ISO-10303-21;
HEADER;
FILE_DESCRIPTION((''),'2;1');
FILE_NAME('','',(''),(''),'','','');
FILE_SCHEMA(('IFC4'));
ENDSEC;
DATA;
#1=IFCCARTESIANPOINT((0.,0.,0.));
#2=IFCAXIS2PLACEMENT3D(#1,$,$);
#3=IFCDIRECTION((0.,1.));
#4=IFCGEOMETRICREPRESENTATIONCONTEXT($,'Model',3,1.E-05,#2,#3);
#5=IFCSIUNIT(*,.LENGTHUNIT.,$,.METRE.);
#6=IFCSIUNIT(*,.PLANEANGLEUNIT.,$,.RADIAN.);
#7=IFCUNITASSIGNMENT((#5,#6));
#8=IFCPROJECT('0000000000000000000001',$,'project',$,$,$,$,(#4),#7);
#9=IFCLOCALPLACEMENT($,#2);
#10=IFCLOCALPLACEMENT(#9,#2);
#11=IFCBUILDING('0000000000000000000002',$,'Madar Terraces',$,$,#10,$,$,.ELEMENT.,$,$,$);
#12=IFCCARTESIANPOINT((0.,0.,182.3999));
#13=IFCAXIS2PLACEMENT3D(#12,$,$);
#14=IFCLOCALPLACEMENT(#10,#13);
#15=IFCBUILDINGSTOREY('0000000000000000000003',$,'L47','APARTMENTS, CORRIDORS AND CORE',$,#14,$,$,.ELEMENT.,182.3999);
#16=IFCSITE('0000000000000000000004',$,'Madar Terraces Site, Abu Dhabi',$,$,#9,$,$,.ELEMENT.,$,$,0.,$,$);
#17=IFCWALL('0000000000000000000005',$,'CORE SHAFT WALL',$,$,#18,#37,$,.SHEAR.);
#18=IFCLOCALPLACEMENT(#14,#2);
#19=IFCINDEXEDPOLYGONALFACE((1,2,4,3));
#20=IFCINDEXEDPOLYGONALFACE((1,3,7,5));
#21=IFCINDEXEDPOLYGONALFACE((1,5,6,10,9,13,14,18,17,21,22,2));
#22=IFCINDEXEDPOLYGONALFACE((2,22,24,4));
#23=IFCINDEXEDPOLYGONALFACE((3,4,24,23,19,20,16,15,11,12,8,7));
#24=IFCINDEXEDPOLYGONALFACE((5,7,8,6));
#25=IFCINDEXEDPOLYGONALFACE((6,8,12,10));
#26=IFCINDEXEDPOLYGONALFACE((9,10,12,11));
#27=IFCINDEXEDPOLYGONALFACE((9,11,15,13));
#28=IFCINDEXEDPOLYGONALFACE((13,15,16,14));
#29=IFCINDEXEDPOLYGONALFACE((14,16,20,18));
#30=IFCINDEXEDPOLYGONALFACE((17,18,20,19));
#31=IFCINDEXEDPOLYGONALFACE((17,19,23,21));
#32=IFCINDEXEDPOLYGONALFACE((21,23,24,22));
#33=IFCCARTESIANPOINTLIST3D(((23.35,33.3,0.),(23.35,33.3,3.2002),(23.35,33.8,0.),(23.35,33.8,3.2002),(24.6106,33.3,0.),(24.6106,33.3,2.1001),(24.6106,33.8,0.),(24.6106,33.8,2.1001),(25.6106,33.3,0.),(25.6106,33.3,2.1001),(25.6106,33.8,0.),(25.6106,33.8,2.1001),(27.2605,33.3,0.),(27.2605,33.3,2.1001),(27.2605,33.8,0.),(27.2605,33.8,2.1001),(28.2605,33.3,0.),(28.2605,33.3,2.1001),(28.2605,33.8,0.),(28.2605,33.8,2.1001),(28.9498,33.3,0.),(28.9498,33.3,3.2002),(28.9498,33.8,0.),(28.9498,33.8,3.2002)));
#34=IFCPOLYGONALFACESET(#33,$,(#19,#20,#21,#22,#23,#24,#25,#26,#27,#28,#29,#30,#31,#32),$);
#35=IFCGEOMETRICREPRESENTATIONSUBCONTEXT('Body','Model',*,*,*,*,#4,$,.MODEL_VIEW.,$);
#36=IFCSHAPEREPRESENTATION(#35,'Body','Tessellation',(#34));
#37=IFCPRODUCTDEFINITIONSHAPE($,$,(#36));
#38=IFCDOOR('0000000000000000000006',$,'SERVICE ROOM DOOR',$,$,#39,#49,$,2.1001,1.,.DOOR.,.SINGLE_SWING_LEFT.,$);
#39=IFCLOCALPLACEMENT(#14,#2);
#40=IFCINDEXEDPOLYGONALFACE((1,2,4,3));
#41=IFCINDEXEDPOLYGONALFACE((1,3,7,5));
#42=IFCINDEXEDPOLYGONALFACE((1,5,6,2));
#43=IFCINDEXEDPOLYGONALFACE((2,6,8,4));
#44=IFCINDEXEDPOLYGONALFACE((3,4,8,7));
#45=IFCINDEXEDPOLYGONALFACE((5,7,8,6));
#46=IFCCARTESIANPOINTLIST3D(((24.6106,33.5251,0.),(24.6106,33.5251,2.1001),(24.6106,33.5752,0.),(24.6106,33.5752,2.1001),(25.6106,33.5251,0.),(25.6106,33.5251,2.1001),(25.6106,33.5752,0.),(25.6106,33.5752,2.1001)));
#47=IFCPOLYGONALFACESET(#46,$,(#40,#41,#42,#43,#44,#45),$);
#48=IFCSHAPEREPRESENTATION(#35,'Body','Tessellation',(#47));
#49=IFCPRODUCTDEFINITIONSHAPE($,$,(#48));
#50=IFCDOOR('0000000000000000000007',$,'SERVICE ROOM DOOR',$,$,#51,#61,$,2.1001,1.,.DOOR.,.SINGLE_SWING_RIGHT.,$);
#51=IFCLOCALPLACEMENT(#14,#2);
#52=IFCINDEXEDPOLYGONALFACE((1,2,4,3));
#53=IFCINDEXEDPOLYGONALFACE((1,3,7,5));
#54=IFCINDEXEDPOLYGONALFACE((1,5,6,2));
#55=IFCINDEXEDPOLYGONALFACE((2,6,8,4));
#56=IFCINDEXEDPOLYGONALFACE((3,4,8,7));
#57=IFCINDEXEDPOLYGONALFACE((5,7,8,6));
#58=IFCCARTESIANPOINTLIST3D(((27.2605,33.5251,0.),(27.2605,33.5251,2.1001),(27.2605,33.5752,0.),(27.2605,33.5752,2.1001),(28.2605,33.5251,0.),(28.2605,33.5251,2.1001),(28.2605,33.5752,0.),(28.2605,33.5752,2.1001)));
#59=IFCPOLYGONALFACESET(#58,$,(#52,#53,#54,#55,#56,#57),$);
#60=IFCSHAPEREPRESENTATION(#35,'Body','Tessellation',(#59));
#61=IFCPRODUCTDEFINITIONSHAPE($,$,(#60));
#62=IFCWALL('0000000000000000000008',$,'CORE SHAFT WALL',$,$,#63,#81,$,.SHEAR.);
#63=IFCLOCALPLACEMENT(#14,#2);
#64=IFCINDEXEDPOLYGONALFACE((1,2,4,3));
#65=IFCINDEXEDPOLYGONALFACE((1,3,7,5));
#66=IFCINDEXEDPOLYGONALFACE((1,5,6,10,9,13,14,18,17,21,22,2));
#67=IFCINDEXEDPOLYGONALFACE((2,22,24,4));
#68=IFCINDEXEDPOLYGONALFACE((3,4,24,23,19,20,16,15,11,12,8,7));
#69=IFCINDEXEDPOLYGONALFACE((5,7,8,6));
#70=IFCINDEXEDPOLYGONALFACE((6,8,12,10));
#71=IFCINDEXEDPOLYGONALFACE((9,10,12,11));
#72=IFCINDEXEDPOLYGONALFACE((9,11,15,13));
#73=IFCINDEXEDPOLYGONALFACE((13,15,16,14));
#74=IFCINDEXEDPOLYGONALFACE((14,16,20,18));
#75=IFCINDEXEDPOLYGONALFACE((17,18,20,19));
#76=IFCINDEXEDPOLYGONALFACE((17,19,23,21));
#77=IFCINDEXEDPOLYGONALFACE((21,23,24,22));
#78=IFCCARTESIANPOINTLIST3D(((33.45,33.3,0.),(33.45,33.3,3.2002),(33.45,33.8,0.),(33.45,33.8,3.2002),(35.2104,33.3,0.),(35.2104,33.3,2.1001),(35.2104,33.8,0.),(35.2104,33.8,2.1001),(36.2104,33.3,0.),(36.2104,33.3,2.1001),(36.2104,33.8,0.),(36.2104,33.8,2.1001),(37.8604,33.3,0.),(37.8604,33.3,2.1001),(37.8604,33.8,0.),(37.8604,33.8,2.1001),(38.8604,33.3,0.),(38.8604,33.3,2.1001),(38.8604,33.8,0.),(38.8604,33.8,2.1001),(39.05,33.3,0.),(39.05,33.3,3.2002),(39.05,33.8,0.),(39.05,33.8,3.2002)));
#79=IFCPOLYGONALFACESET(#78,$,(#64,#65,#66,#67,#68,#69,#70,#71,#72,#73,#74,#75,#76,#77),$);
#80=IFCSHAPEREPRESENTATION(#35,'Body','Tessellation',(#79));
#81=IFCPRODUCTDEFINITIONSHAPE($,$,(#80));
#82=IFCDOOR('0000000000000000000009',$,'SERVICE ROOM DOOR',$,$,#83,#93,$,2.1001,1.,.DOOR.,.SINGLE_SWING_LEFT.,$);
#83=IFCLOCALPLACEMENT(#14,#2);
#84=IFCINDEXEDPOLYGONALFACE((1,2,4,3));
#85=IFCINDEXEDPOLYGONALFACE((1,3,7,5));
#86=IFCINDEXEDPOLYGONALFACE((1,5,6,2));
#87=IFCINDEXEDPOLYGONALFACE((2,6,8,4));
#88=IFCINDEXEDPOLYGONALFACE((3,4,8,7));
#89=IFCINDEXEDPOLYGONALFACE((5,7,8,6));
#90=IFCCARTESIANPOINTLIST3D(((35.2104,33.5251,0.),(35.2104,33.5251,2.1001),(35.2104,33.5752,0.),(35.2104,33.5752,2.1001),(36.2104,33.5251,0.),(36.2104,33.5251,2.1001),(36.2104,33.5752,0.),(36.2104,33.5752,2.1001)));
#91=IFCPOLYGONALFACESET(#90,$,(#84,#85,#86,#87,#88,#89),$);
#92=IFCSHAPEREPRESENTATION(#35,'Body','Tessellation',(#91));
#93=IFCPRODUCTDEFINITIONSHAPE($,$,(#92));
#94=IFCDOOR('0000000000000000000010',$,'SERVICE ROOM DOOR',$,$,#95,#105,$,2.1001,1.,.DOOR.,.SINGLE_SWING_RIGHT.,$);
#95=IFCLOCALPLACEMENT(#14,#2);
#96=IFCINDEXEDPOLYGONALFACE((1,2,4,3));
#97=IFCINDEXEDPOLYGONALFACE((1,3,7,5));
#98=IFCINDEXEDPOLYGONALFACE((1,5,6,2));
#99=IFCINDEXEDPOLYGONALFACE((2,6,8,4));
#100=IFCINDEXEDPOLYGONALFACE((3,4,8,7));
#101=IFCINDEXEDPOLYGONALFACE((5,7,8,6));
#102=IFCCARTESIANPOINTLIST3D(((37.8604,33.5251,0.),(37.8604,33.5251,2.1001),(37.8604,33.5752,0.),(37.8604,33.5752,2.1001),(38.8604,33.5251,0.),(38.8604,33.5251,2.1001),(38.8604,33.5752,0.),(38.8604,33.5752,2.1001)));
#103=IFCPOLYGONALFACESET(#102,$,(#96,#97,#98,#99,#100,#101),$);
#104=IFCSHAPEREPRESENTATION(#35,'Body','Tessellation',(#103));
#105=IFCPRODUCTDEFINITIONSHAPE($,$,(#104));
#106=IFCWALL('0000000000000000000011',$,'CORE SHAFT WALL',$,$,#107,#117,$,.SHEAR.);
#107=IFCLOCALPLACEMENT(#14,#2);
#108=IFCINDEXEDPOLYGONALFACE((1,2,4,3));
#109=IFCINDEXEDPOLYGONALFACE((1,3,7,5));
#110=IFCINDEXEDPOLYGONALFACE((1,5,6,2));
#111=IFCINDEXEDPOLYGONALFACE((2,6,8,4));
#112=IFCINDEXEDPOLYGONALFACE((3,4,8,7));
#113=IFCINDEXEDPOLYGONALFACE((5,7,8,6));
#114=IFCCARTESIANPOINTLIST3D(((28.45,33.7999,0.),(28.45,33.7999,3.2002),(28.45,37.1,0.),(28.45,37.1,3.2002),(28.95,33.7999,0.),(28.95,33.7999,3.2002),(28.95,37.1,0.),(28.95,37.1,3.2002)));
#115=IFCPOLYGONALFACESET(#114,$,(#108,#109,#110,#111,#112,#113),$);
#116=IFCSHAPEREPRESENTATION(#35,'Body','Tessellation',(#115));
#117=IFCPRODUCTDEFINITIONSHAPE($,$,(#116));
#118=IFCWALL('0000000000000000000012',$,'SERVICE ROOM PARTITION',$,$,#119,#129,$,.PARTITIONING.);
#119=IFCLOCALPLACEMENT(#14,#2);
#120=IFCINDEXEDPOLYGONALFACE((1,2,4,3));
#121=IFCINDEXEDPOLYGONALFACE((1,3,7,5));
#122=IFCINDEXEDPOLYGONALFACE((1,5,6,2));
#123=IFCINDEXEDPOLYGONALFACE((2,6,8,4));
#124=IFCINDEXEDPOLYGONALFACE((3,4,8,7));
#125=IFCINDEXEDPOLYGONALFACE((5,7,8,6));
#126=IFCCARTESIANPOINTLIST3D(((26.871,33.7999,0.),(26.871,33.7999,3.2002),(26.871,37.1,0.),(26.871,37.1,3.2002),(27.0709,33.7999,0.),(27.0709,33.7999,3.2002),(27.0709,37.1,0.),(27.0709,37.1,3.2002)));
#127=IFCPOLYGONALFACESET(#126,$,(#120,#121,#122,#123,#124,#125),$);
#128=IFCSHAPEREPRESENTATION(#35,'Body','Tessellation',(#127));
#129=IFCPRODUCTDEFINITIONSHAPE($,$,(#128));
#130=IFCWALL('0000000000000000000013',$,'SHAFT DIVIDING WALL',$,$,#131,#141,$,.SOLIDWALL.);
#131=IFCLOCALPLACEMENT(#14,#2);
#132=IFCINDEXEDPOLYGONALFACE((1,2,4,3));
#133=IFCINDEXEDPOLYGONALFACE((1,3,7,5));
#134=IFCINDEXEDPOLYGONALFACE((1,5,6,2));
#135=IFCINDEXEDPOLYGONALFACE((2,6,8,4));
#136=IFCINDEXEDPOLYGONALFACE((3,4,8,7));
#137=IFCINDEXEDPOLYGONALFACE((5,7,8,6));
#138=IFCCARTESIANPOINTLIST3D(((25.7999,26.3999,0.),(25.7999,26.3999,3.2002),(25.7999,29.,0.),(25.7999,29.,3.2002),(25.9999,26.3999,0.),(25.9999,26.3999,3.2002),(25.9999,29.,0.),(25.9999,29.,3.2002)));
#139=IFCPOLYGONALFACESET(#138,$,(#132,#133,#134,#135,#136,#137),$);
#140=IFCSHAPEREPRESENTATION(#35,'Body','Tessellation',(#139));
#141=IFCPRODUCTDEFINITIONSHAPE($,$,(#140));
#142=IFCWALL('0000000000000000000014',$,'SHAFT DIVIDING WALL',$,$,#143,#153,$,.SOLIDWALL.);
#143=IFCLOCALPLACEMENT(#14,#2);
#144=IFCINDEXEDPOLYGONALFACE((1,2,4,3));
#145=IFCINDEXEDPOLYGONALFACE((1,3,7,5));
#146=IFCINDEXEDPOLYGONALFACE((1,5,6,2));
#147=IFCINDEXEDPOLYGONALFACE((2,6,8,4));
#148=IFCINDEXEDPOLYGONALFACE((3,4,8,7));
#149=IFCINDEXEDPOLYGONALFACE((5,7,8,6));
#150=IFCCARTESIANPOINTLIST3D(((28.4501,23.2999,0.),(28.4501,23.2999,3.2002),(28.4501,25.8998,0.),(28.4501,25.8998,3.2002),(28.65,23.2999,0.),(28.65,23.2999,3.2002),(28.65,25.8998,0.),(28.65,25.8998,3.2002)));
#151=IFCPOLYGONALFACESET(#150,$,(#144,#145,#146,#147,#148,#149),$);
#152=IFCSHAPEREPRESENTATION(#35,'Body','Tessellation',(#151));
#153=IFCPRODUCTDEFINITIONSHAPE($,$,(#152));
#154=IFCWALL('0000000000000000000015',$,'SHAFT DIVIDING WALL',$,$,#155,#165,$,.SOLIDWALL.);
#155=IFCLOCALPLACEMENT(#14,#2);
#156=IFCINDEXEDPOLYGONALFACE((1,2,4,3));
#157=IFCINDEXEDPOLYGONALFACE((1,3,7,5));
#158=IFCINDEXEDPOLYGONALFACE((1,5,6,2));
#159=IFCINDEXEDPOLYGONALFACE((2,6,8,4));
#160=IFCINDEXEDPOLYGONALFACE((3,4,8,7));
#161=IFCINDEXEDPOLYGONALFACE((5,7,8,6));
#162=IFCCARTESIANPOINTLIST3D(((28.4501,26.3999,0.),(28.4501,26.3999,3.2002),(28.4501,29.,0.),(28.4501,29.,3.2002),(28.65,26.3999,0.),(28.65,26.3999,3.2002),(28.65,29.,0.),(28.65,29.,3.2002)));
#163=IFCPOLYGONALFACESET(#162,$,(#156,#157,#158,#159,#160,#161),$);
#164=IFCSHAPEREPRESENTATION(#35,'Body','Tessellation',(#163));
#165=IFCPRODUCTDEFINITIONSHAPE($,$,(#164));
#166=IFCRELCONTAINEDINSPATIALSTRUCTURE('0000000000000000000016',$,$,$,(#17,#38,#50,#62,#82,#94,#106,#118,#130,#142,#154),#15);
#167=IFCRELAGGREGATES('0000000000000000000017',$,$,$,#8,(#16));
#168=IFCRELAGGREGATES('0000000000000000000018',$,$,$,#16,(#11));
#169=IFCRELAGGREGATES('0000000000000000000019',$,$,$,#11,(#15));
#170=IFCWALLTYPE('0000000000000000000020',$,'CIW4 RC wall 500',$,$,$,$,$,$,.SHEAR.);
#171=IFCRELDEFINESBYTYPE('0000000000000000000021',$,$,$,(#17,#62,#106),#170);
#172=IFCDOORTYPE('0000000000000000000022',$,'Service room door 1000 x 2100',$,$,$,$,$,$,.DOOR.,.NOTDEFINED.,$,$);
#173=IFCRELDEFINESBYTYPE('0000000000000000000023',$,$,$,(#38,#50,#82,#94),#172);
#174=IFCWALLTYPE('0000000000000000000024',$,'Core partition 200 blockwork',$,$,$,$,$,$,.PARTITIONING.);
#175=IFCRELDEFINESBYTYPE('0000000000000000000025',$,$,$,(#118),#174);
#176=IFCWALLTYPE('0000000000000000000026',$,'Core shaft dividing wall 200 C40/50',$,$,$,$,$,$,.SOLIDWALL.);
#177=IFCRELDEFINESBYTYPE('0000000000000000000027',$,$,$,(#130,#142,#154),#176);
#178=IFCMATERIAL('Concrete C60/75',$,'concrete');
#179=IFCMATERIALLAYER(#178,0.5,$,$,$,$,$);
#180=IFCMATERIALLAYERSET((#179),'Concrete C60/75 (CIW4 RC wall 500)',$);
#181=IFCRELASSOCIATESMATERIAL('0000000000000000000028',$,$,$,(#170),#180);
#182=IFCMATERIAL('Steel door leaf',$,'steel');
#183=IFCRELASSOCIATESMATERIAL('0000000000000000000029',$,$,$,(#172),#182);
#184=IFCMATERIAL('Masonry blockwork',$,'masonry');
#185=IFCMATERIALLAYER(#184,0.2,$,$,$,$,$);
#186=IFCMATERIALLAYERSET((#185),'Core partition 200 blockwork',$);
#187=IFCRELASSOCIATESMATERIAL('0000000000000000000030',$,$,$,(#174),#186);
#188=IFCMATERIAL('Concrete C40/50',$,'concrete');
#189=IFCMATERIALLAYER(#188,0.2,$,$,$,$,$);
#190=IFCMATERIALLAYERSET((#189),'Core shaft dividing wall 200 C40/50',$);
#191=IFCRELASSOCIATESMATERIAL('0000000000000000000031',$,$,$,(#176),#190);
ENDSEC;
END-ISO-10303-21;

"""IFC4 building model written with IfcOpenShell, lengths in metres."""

from ifc_helpers import new_model, si_unit, direction, frame, frame_2d, origin, place, context, subcontext, project, spatial, rectangle, extrude, material, layer, layer_set, type_object, element, fill, save


model = new_model("IFC4")

# Units and contexts
model_context = context("Model", 3, precision=1e-05, world=origin(), true_north=direction((0.0, 1.0)))
body_context = subcontext(model_context, "Body", "Model", "MODEL_VIEW")
ifc_project = project(units=[si_unit("LENGTHUNIT", "METRE"), si_unit("PLANEANGLEUNIT", "RADIAN")], contexts=[model_context])

# Site, building, storey
site_placement = place(None, origin())
site = spatial("IfcSite", under=ifc_project, at=site_placement, Name="Madar Terraces Site, Abu Dhabi", CompositionType="ELEMENT", RefElevation=0.0)
building_placement = place(site_placement, origin())
building = spatial("IfcBuilding", under=site, at=building_placement, Name="Madar Terraces", CompositionType="ELEMENT")
storey_placement = place(building_placement, frame((0.0, 0.0, 182.3999)))
storey = spatial("IfcBuildingStorey", under=building, at=storey_placement, Name="L47", Description="APARTMENTS, CORRIDORS AND CORE", CompositionType="ELEMENT", Elevation=182.3999)

# Walls, openings, doors
ifc_material_1 = material(Name="Concrete C60/75", Category="concrete")
ifc_layer_1 = layer(ifc_material_1, 0.5)
ifc_layer_set_1 = layer_set([ifc_layer_1], Name="Concrete C60/75 (CIW4 RC wall 500)")
wall_type_1 = type_object("IfcWallType", Name="CIW4 RC wall 500", PredefinedType="SHEAR", material=ifc_layer_set_1)
wall_1_placement = place(storey_placement, frame((23.3501, 33.55, 0.0), z_axis=(0.0, 0.0, 1.0), x_axis=(1.0, 0.0, 0.0)))
wall_1 = element("IfcWall", 1, at=wall_1_placement, inside=storey, type_object=wall_type_1, Name="CORE SHAFT WALL", PredefinedType="SHEAR", context=body_context, shape_type="SweptSolid", body=[
    extrude(rectangle(XDim=5.5999, YDim=0.5, at=frame_2d((2.7998, 0.0))), origin(), (0.0, 0.0, 1.0), 3.2002),
])
opening_1_placement = place(wall_1_placement, frame((1.2605, 0.0, 0.0)))
opening_1 = element("IfcOpeningElement", 2, at=opening_1_placement, cuts=wall_1, PredefinedType="OPENING", context=body_context, shape_type="SweptSolid", body=[
    extrude(rectangle(XDim=1.0, YDim=2.1001, at=frame_2d((0.5, 1.05))), frame((0.0, 0.26, 0.0), z_axis=(0.0, -1.0, 0.0), x_axis=(1.0, 0.0, 0.0)), (0.0, 0.0, 1.0), 0.52),
])
opening_2_placement = place(wall_1_placement, frame((3.9104, 0.0, 0.0)))
opening_2 = element("IfcOpeningElement", 3, at=opening_2_placement, cuts=wall_1, PredefinedType="OPENING", context=body_context, shape_type="SweptSolid", body=[
    extrude(rectangle(XDim=1.0, YDim=2.1001, at=frame_2d((0.5, 1.05))), frame((0.0, 0.26, 0.0), z_axis=(0.0, -1.0, 0.0), x_axis=(1.0, 0.0, 0.0)), (0.0, 0.0, 1.0), 0.52),
])
ifc_material_2 = material(Name="Steel door leaf", Category="steel")
door_type = type_object("IfcDoorType", Name="Service room door 1000 x 2100", OperationType="NOTDEFINED", PredefinedType="DOOR", material=ifc_material_2)
door_1_placement = place(opening_1_placement, frame((1.0, 0.0, 0.0), z_axis=(0.0, 0.0, 1.0), x_axis=(-1.0, 0.0, 0.0)))
door_1 = element("IfcDoor", 4, at=door_1_placement, inside=storey, type_object=door_type, Name="SERVICE ROOM DOOR", OperationType="SINGLE_SWING_LEFT", OverallHeight=2.1001, OverallWidth=1.0, PredefinedType="DOOR", context=body_context, shape_type="SweptSolid", body=[
    extrude(rectangle(XDim=1.0, YDim=2.1001, at=frame_2d((0.5, 1.05))), frame((0.0, 0.0249, 0.0), z_axis=(0.0, -1.0, 0.0), x_axis=(1.0, 0.0, 0.0)), (0.0, 0.0, 1.0), 0.05),
])
fill(opening_1, door_1)
door_2_placement = place(opening_2_placement, frame((1.0, 0.0, 0.0), z_axis=(0.0, 0.0, 1.0), x_axis=(-1.0, 0.0, 0.0)))
door_2 = element("IfcDoor", 5, at=door_2_placement, inside=storey, type_object=door_type, Name="SERVICE ROOM DOOR", OperationType="SINGLE_SWING_RIGHT", OverallHeight=2.1001, OverallWidth=1.0, PredefinedType="DOOR", context=body_context, shape_type="SweptSolid", body=[
    extrude(rectangle(XDim=1.0, YDim=2.1001, at=frame_2d((0.5, 1.05))), frame((0.0, 0.0249, 0.0), z_axis=(0.0, -1.0, 0.0), x_axis=(1.0, 0.0, 0.0)), (0.0, 0.0, 1.0), 0.05),
])
fill(opening_2, door_2)
wall_2_placement = place(storey_placement, frame((33.45, 33.55, 0.0), z_axis=(0.0, 0.0, 1.0), x_axis=(1.0, 0.0, 0.0)))
wall_2 = element("IfcWall", 6, at=wall_2_placement, inside=storey, type_object=wall_type_1, Name="CORE SHAFT WALL", PredefinedType="SHEAR", context=body_context, shape_type="SweptSolid", body=[
    extrude(rectangle(XDim=5.6001, YDim=0.5, at=frame_2d((2.8, 0.0))), origin(), (0.0, 0.0, 1.0), 3.2002),
])
opening_3_placement = place(wall_2_placement, frame((1.7605, 0.0, 0.0)))
opening_3 = element("IfcOpeningElement", 7, at=opening_3_placement, cuts=wall_2, PredefinedType="OPENING", context=body_context, shape_type="SweptSolid", body=[
    extrude(rectangle(XDim=1.0, YDim=2.1001, at=frame_2d((0.5, 1.05))), frame((0.0, 0.26, 0.0), z_axis=(0.0, -1.0, 0.0), x_axis=(1.0, 0.0, 0.0)), (0.0, 0.0, 1.0), 0.52),
])
opening_4_placement = place(wall_2_placement, frame((4.4104, 0.0, 0.0)))
opening_4 = element("IfcOpeningElement", 8, at=opening_4_placement, cuts=wall_2, PredefinedType="OPENING", context=body_context, shape_type="SweptSolid", body=[
    extrude(rectangle(XDim=1.0, YDim=2.1001, at=frame_2d((0.5, 1.05))), frame((0.0, 0.26, 0.0), z_axis=(0.0, -1.0, 0.0), x_axis=(1.0, 0.0, 0.0)), (0.0, 0.0, 1.0), 0.52),
])
door_3_placement = place(opening_3_placement, frame((1.0, 0.0, 0.0), z_axis=(0.0, 0.0, 1.0), x_axis=(-1.0, 0.0, 0.0)))
door_3 = element("IfcDoor", 9, at=door_3_placement, inside=storey, type_object=door_type, Name="SERVICE ROOM DOOR", OperationType="SINGLE_SWING_LEFT", OverallHeight=2.1001, OverallWidth=1.0, PredefinedType="DOOR", context=body_context, shape_type="SweptSolid", body=[
    extrude(rectangle(XDim=1.0, YDim=2.1001, at=frame_2d((0.5, 1.05))), frame((0.0, 0.0249, 0.0), z_axis=(0.0, -1.0, 0.0), x_axis=(1.0, 0.0, 0.0)), (0.0, 0.0, 1.0), 0.05),
])
fill(opening_3, door_3)
door_4_placement = place(opening_4_placement, frame((1.0, 0.0, 0.0), z_axis=(0.0, 0.0, 1.0), x_axis=(-1.0, 0.0, 0.0)))
door_4 = element("IfcDoor", 10, at=door_4_placement, inside=storey, type_object=door_type, Name="SERVICE ROOM DOOR", OperationType="SINGLE_SWING_RIGHT", OverallHeight=2.1001, OverallWidth=1.0, PredefinedType="DOOR", context=body_context, shape_type="SweptSolid", body=[
    extrude(rectangle(XDim=1.0, YDim=2.1001, at=frame_2d((0.5, 1.05))), frame((0.0, 0.0249, 0.0), z_axis=(0.0, -1.0, 0.0), x_axis=(1.0, 0.0, 0.0)), (0.0, 0.0, 1.0), 0.05),
])
fill(opening_4, door_4)

# Walls
wall_3_placement = place(storey_placement, frame((28.7, 33.8, 0.0), z_axis=(0.0, 0.0, 1.0), x_axis=(0.0, 1.0, 0.0)))
element("IfcWall", 11, at=wall_3_placement, inside=storey, type_object=wall_type_1, Name="CORE SHAFT WALL", PredefinedType="SHEAR", context=body_context, shape_type="SweptSolid", body=[
    extrude(rectangle(XDim=3.3, YDim=0.5, at=frame_2d((1.6499, 0.0))), origin(), (0.0, 0.0, 1.0), 3.2002),
])
ifc_material_3 = material(Name="Masonry blockwork", Category="masonry")
ifc_layer_2 = layer(ifc_material_3, 0.2)
ifc_layer_set_2 = layer_set([ifc_layer_2], Name="Core partition 200 blockwork")
wall_type_2 = type_object("IfcWallType", Name="Core partition 200 blockwork", PredefinedType="PARTITIONING", material=ifc_layer_set_2)
wall_4_placement = place(storey_placement, frame((26.9709, 33.8, 0.0), z_axis=(0.0, 0.0, 1.0), x_axis=(0.0, 1.0, 0.0)))
element("IfcWall", 12, at=wall_4_placement, inside=storey, type_object=wall_type_2, Name="SERVICE ROOM PARTITION", PredefinedType="PARTITIONING", context=body_context, shape_type="SweptSolid", body=[
    extrude(rectangle(XDim=3.3, YDim=0.2, at=frame_2d((1.6499, 0.0))), origin(), (0.0, 0.0, 1.0), 3.2002),
])
ifc_material_4 = material(Name="Concrete C40/50", Category="concrete")
ifc_layer_3 = layer(ifc_material_4, 0.2)
ifc_layer_set_3 = layer_set([ifc_layer_3], Name="Core shaft dividing wall 200 C40/50")
wall_type_3 = type_object("IfcWallType", Name="Core shaft dividing wall 200 C40/50", PredefinedType="SOLIDWALL", material=ifc_layer_set_3)
wall_5_placement = place(storey_placement, frame((25.8999, 26.3999, 0.0), z_axis=(0.0, 0.0, 1.0), x_axis=(0.0, 1.0, 0.0)))
element("IfcWall", 13, at=wall_5_placement, inside=storey, type_object=wall_type_3, Name="SHAFT DIVIDING WALL", PredefinedType="SOLIDWALL", context=body_context, shape_type="SweptSolid", body=[
    extrude(rectangle(XDim=2.6001, YDim=0.2, at=frame_2d((1.3, 0.0))), origin(), (0.0, 0.0, 1.0), 3.2002),
])
wall_6_placement = place(storey_placement, frame((28.55, 23.3, 0.0), z_axis=(0.0, 0.0, 1.0), x_axis=(0.0, 1.0, 0.0)))
element("IfcWall", 14, at=wall_6_placement, inside=storey, type_object=wall_type_3, Name="SHAFT DIVIDING WALL", PredefinedType="SOLIDWALL", context=body_context, shape_type="SweptSolid", body=[
    extrude(rectangle(XDim=2.5999, YDim=0.2, at=frame_2d((1.2998, 0.0))), origin(), (0.0, 0.0, 1.0), 3.2002),
])
wall_7_placement = place(storey_placement, frame((28.55, 26.3999, 0.0), z_axis=(0.0, 0.0, 1.0), x_axis=(0.0, 1.0, 0.0)))
element("IfcWall", 15, at=wall_7_placement, inside=storey, type_object=wall_type_3, Name="SHAFT DIVIDING WALL", PredefinedType="SOLIDWALL", context=body_context, shape_type="SweptSolid", body=[
    extrude(rectangle(XDim=2.6001, YDim=0.2, at=frame_2d((1.3, 0.0))), origin(), (0.0, 0.0, 1.0), 3.2002),
])

save(model, "model.ifc")
